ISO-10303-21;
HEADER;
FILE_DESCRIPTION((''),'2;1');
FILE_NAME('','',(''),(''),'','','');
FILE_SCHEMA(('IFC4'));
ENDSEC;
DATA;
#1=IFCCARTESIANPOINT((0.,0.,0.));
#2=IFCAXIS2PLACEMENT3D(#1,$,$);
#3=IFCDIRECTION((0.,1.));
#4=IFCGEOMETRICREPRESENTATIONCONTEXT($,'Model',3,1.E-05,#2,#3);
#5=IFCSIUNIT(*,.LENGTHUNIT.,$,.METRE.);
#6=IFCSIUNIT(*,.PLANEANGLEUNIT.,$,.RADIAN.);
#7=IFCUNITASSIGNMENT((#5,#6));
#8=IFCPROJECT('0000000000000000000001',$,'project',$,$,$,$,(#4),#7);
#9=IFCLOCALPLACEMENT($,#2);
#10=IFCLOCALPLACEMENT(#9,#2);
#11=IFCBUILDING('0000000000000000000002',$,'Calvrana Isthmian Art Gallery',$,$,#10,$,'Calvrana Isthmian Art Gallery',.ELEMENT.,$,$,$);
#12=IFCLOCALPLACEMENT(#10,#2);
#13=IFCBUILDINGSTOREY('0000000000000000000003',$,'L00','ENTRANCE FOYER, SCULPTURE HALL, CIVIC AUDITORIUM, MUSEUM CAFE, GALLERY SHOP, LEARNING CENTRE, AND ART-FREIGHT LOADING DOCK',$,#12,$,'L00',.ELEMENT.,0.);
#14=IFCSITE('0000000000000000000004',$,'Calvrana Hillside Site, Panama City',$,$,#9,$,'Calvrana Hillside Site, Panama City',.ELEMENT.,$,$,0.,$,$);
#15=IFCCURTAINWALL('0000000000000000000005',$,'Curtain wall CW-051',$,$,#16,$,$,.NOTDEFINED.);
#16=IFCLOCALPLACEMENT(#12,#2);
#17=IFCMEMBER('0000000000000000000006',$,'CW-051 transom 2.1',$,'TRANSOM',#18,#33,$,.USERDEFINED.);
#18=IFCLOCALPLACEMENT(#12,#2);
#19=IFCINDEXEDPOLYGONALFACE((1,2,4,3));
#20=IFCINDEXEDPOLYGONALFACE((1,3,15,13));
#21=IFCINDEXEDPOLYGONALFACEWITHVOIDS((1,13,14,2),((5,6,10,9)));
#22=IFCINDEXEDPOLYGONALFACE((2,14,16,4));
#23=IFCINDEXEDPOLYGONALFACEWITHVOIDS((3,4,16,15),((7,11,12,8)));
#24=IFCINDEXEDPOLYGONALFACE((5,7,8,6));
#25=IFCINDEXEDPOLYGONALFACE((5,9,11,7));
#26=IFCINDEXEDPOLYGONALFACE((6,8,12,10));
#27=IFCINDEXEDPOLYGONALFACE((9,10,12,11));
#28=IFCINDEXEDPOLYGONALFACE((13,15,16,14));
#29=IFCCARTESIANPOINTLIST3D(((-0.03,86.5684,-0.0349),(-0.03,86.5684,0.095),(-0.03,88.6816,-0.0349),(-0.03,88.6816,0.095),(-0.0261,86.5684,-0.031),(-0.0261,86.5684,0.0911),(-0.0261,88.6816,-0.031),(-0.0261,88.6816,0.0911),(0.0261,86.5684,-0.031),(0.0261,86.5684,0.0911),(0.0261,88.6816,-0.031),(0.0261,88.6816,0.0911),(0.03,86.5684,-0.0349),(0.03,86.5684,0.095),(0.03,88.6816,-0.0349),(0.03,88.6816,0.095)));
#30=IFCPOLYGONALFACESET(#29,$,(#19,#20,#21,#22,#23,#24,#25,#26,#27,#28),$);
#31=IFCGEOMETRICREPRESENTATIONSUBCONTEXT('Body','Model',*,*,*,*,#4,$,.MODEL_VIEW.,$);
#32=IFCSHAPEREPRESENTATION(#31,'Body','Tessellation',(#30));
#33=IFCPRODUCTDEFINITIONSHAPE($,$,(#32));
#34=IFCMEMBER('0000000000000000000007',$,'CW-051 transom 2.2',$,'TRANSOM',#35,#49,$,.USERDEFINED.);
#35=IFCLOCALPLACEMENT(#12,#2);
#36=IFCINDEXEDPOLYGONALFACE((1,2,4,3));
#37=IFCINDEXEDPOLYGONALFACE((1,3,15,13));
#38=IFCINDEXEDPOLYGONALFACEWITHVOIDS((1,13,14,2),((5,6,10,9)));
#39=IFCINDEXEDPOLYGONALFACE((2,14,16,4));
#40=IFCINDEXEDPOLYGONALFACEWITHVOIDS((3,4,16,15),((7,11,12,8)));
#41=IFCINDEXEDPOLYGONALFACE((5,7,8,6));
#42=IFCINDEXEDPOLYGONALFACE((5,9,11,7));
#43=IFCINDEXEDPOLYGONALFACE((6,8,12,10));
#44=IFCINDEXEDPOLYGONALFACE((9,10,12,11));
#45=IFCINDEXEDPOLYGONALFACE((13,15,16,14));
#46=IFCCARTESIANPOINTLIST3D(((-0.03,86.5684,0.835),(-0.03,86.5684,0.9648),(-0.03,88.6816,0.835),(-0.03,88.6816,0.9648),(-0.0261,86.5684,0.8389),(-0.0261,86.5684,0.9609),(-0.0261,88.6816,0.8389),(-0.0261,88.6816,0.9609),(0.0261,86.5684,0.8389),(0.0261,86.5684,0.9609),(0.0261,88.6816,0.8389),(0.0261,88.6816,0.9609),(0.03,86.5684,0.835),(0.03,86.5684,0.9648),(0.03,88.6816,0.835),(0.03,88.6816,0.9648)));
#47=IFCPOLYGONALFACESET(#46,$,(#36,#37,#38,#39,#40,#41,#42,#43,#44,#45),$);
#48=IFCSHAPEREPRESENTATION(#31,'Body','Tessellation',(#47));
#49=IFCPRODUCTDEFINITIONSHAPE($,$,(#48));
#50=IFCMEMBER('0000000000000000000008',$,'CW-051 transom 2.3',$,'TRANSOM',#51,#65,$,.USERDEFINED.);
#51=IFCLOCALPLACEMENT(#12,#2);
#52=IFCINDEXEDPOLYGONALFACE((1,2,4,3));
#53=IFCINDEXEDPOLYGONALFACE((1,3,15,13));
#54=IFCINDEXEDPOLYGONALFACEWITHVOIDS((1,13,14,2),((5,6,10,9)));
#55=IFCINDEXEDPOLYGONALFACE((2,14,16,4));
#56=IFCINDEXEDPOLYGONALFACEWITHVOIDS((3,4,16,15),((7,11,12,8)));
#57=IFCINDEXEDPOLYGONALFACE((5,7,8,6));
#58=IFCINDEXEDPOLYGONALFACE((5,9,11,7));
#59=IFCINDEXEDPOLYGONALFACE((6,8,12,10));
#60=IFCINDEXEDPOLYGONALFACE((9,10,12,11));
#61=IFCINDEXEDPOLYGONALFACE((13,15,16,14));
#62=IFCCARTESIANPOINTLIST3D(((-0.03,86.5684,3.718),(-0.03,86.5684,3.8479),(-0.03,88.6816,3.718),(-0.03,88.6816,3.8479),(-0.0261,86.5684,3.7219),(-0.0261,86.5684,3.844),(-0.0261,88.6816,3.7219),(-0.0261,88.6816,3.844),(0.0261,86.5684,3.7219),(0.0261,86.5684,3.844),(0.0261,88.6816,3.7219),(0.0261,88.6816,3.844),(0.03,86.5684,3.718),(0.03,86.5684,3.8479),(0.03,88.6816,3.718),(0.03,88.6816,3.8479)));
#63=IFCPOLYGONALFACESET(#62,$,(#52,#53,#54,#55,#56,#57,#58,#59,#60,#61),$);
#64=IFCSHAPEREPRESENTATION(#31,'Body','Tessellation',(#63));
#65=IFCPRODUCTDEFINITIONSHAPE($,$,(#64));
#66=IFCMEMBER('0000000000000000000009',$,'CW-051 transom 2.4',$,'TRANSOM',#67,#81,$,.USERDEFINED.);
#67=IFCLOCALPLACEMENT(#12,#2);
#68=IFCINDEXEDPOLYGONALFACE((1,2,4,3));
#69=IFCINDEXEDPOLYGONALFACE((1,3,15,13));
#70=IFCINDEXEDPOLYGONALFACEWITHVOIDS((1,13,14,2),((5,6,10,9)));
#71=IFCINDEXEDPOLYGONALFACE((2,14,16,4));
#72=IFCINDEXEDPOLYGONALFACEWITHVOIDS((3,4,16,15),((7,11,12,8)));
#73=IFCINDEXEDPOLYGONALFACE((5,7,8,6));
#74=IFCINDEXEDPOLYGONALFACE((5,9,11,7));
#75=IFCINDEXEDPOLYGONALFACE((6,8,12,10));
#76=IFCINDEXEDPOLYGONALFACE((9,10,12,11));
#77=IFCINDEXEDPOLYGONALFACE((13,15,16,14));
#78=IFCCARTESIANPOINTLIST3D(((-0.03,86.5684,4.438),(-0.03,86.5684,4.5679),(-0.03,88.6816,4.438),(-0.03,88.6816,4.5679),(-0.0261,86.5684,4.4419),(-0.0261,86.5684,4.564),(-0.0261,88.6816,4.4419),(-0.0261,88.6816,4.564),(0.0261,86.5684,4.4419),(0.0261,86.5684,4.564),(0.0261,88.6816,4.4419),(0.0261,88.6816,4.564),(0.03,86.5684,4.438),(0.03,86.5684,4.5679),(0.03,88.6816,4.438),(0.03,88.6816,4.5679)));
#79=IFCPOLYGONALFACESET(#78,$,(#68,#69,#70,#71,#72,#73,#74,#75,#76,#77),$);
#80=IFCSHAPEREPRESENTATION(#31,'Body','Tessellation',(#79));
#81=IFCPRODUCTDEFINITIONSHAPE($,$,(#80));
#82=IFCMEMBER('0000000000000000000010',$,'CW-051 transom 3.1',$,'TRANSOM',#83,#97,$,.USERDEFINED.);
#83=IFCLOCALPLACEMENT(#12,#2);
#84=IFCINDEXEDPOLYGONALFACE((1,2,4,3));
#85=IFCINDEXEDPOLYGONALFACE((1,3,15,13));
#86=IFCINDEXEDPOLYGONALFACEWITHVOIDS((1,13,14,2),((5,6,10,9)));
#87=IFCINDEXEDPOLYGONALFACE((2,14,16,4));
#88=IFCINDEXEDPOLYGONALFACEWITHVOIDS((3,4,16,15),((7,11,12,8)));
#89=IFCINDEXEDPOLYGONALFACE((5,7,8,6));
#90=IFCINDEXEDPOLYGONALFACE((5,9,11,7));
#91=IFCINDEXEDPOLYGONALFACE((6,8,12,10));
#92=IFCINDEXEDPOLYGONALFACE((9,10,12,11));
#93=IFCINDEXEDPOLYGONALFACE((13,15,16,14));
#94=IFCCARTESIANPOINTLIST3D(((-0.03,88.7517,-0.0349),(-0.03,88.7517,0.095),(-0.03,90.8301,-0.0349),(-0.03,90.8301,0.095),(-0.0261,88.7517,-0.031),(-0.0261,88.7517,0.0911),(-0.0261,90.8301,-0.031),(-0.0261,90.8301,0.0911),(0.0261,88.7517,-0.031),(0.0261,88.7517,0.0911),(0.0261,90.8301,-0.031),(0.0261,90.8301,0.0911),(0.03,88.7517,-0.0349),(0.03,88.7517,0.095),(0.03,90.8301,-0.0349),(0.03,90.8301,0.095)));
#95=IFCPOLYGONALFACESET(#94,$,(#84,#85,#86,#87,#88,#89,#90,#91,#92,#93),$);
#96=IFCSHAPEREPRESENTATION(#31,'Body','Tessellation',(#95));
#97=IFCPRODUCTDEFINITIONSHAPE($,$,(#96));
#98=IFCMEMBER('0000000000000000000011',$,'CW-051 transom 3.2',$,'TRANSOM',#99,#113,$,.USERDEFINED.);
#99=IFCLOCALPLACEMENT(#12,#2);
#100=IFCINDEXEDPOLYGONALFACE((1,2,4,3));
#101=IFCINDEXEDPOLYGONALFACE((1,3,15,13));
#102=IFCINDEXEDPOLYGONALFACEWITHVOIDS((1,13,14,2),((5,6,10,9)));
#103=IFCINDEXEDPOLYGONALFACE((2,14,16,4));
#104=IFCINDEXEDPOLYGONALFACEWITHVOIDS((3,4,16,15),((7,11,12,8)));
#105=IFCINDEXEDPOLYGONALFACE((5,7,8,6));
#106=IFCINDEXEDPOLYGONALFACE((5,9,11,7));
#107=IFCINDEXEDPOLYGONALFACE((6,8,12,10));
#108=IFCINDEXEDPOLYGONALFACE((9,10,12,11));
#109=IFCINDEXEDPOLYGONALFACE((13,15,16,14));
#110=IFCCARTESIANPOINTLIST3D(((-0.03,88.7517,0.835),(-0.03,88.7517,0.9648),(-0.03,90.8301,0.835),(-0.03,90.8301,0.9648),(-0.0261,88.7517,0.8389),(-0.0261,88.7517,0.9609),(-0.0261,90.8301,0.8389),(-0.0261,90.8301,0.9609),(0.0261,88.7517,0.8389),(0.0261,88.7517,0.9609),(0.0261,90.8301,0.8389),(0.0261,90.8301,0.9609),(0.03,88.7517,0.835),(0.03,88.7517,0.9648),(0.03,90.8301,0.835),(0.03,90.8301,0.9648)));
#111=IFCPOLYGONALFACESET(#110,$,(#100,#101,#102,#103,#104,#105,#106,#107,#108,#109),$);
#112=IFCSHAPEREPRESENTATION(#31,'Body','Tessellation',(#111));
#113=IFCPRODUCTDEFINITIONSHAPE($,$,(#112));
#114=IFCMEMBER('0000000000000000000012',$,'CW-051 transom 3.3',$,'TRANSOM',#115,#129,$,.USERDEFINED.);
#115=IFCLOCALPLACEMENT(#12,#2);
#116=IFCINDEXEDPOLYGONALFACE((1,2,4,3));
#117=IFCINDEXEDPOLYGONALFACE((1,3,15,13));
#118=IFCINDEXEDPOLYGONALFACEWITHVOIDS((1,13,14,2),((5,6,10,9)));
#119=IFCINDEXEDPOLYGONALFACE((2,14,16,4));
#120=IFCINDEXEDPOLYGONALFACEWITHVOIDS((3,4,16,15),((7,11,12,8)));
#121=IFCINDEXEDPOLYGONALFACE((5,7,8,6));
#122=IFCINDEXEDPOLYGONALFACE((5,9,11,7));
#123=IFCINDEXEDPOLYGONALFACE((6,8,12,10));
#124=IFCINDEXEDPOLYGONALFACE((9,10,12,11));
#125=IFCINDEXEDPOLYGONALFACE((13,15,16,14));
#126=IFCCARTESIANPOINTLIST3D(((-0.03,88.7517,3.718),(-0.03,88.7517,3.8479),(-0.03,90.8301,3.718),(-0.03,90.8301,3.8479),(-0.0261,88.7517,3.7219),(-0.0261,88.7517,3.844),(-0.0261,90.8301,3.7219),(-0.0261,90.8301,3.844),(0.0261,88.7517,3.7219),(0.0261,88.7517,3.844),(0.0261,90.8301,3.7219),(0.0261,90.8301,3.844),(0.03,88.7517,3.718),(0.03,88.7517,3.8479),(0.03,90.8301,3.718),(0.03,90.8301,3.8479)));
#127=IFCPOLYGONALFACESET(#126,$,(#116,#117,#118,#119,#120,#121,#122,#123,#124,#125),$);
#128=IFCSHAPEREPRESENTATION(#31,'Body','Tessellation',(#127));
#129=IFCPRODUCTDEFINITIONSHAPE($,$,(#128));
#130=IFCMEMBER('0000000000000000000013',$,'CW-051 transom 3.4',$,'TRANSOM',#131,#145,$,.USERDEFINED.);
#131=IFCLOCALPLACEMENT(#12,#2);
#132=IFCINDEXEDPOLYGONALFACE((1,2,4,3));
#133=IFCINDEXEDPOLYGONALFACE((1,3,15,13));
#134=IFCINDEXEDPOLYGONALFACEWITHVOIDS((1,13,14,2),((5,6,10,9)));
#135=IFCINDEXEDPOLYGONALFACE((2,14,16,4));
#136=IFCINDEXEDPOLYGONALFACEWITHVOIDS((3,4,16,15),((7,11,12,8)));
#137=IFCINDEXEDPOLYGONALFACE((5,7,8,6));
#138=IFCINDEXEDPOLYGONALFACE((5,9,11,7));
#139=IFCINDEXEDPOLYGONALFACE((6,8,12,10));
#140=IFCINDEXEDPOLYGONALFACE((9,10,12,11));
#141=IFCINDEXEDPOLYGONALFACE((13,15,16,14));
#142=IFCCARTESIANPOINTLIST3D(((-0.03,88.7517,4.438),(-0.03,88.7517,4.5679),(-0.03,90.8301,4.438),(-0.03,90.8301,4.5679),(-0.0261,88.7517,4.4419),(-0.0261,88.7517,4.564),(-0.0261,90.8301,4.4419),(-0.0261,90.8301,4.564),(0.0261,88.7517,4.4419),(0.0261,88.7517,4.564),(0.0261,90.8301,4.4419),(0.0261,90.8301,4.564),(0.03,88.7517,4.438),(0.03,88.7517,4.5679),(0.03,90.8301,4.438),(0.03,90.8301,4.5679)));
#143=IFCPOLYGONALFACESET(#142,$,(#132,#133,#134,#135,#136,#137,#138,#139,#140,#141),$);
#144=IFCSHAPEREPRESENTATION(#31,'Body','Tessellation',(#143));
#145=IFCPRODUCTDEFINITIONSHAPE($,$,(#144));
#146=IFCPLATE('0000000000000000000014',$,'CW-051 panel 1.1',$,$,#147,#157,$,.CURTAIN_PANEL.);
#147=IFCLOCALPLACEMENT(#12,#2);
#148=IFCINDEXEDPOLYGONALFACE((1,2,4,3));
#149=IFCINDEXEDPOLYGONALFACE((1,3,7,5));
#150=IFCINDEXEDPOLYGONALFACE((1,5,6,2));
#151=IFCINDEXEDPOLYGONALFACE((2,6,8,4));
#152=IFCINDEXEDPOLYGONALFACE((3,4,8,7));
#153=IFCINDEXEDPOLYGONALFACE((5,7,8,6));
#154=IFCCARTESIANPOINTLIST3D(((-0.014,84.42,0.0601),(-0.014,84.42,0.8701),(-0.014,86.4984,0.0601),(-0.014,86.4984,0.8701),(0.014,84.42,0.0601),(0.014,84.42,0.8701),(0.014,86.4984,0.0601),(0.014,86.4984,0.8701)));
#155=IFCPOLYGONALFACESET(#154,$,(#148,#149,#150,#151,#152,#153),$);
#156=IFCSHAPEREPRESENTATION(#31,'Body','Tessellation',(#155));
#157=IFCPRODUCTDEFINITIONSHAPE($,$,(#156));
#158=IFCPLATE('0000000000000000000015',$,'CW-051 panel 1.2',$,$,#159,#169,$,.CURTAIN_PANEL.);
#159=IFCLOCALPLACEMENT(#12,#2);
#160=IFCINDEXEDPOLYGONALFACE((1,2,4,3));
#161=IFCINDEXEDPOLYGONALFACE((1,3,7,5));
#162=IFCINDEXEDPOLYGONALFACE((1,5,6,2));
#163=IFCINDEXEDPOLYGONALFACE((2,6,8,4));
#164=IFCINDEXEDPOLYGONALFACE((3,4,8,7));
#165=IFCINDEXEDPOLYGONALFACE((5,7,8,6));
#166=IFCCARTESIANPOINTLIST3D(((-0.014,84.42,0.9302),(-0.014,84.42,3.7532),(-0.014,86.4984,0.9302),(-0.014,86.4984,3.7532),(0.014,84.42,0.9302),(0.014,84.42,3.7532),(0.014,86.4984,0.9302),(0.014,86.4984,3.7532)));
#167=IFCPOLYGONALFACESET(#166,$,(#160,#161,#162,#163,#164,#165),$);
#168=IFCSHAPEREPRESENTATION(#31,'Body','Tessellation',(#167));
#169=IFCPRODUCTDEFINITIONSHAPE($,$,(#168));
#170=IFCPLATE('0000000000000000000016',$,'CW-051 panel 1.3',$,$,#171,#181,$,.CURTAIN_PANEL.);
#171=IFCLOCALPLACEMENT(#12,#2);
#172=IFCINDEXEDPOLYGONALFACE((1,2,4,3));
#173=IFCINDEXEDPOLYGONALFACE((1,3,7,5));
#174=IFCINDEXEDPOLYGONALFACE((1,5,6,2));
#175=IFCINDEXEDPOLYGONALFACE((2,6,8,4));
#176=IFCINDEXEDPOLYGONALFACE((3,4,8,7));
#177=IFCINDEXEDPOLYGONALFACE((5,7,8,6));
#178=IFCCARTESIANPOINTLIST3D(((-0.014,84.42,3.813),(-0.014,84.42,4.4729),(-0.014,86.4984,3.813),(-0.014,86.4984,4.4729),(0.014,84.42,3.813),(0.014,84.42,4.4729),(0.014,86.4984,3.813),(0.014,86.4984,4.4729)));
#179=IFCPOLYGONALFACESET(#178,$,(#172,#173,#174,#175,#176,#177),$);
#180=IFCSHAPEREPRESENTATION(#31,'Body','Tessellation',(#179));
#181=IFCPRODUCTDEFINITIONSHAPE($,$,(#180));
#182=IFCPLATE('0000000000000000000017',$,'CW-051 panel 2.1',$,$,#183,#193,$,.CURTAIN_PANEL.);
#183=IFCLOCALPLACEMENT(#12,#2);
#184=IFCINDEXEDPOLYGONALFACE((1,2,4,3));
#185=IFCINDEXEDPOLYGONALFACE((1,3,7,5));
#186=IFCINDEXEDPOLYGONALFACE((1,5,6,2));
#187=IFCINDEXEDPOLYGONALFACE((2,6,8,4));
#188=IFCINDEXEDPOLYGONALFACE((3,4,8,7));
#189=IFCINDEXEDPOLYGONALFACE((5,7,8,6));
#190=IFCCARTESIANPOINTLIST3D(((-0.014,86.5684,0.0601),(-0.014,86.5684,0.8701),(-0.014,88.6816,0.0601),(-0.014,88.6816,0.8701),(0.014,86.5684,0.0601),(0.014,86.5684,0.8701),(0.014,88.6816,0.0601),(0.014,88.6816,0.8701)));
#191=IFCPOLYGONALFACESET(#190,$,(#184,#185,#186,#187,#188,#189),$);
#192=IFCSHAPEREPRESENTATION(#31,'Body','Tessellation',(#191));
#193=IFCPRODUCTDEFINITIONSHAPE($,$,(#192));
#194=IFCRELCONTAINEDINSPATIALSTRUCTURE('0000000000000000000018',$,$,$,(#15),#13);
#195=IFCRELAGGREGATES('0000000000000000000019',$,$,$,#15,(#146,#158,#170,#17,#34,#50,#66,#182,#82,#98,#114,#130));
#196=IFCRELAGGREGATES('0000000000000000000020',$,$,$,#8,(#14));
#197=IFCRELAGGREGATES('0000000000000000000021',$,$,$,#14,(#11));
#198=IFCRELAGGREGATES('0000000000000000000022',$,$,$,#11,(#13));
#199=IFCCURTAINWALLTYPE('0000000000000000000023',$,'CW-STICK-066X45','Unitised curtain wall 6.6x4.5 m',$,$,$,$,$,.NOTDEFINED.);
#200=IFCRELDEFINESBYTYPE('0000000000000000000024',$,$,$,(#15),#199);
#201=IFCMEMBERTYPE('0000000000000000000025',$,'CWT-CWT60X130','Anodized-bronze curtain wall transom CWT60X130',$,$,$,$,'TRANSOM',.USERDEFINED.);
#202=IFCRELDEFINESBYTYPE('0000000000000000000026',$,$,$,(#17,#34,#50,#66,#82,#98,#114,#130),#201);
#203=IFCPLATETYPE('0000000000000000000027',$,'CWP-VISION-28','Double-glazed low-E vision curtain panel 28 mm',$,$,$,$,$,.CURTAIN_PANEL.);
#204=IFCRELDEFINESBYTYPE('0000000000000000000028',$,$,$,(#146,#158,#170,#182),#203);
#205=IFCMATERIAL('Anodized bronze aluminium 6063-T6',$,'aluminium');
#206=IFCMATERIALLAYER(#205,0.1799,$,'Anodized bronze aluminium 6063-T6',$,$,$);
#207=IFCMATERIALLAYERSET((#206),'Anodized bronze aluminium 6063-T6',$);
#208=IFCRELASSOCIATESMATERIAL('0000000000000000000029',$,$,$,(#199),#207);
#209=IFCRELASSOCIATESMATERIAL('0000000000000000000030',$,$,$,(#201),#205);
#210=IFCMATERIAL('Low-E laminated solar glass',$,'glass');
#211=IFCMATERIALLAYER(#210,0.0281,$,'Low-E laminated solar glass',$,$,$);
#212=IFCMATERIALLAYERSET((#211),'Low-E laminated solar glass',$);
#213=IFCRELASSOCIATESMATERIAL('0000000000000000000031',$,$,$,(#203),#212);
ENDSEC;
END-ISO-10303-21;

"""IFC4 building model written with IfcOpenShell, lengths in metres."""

from ifc_helpers import new_model, si_unit, direction, frame, origin, origin_2d, place, context, subcontext, project, spatial, rectangle, hollow_rectangle, extrude, material, layer, layer_set, material_profile, profile_set, type_object, element, aggregate, save


model = new_model("IFC4")

# Units and contexts
model_context = context("Model", 3, precision=1e-05, world=origin(), true_north=direction((0.0, 1.0)))
body_context = subcontext(model_context, "Body", "Model", "MODEL_VIEW")
ifc_project = project(units=[si_unit("LENGTHUNIT", "METRE"), si_unit("PLANEANGLEUNIT", "RADIAN")], contexts=[model_context])

# Site, building, storey
site_placement = place(None, origin())
site = spatial("IfcSite", under=ifc_project, at=site_placement, Name="Calvrana Hillside Site, Panama City", LongName="Calvrana Hillside Site, Panama City", CompositionType="ELEMENT", RefElevation=0.0)
building_placement = place(site_placement, origin())
building = spatial("IfcBuilding", under=site, at=building_placement, Name="Calvrana Isthmian Art Gallery", LongName="Calvrana Isthmian Art Gallery", CompositionType="ELEMENT")
storey_placement = place(building_placement, origin())
storey = spatial("IfcBuildingStorey", under=building, at=storey_placement, Name="L00", Description="ENTRANCE FOYER, SCULPTURE HALL, CIVIC AUDITORIUM, MUSEUM CAFE, GALLERY SHOP, LEARNING CENTRE, AND ART-FREIGHT LOADING DOCK", LongName="L00", CompositionType="ELEMENT", Elevation=0.0)

# Curtain wall, members, plates
ifc_material_1 = material(Name="Anodized bronze aluminium 6063-T6", Category="aluminium")
ifc_layer_1 = layer(ifc_material_1, 0.1799, Name="Anodized bronze aluminium 6063-T6")
ifc_layer_set_1 = layer_set([ifc_layer_1], Name="Anodized bronze aluminium 6063-T6")
curtain_wall_type = type_object("IfcCurtainWallType", Name="CW-STICK-066X45", Description="Unitised curtain wall 6.6x4.5 m", PredefinedType="NOTDEFINED", material=ifc_layer_set_1)
curtain_wall_placement = place(storey_placement, origin())
curtain_wall = element("IfcCurtainWall", 1, at=curtain_wall_placement, inside=storey, type_object=curtain_wall_type, Name="Curtain wall CW-051", PredefinedType="NOTDEFINED")
ifc_material_profile_1 = material_profile(ifc_material_1, hollow_rectangle(XDim=0.0601, YDim=0.1299, WallThickness=0.0039, at=origin_2d()), Name="CWT60X130")
ifc_profile_set_1 = profile_set([ifc_material_profile_1], Name="Anodized bronze aluminium 6063-T6")
member_type_1 = type_object("IfcMemberType", Name="CWT-CWT60X130", Description="Anodized-bronze curtain wall transom CWT60X130", ElementType="TRANSOM", PredefinedType="USERDEFINED", material=ifc_profile_set_1)
member_1_placement = place(storey_placement, frame((0.0, 86.5684, 0.03), z_axis=(0.0, 1.0, 0.0), x_axis=(-1.0, 0.0, 0.0)))
member_1 = element("IfcMember", 2, at=member_1_placement, type_object=member_type_1, Name="CW-051 transom 2.1", ObjectType="TRANSOM", PredefinedType="USERDEFINED", context=body_context, shape_type="SweptSolid", body=[
    extrude(hollow_rectangle(XDim=0.0601, YDim=0.1299, WallThickness=0.0039, at=origin_2d()), origin(), (0.0, 0.0, 1.0), 2.1133),
])
member_2_placement = place(storey_placement, frame((0.0, 86.5684, 0.8999), z_axis=(0.0, 1.0, 0.0), x_axis=(-1.0, 0.0, 0.0)))
member_2 = element("IfcMember", 3, at=member_2_placement, type_object=member_type_1, Name="CW-051 transom 2.2", ObjectType="TRANSOM", PredefinedType="USERDEFINED", context=body_context, shape_type="SweptSolid", body=[
    extrude(hollow_rectangle(XDim=0.0601, YDim=0.1299, WallThickness=0.0039, at=origin_2d()), origin(), (0.0, 0.0, 1.0), 2.1133),
])
member_3_placement = place(storey_placement, frame((0.0, 86.5684, 3.783), z_axis=(0.0, 1.0, 0.0), x_axis=(-1.0, 0.0, 0.0)))
member_3 = element("IfcMember", 4, at=member_3_placement, type_object=member_type_1, Name="CW-051 transom 2.3", ObjectType="TRANSOM", PredefinedType="USERDEFINED", context=body_context, shape_type="SweptSolid", body=[
    extrude(hollow_rectangle(XDim=0.0601, YDim=0.1299, WallThickness=0.0039, at=origin_2d()), origin(), (0.0, 0.0, 1.0), 2.1133),
])
member_4_placement = place(storey_placement, frame((0.0, 86.5684, 4.5029), z_axis=(0.0, 1.0, 0.0), x_axis=(-1.0, 0.0, 0.0)))
member_4 = element("IfcMember", 5, at=member_4_placement, type_object=member_type_1, Name="CW-051 transom 2.4", ObjectType="TRANSOM", PredefinedType="USERDEFINED", context=body_context, shape_type="SweptSolid", body=[
    extrude(hollow_rectangle(XDim=0.0601, YDim=0.1299, WallThickness=0.0039, at=origin_2d()), origin(), (0.0, 0.0, 1.0), 2.1133),
])
member_5_placement = place(storey_placement, frame((0.0, 88.7517, 0.03), z_axis=(0.0, 1.0, 0.0), x_axis=(-1.0, 0.0, 0.0)))
member_5 = element("IfcMember", 6, at=member_5_placement, type_object=member_type_1, Name="CW-051 transom 3.1", ObjectType="TRANSOM", PredefinedType="USERDEFINED", context=body_context, shape_type="SweptSolid", body=[
    extrude(hollow_rectangle(XDim=0.0601, YDim=0.1299, WallThickness=0.0039, at=origin_2d()), origin(), (0.0, 0.0, 1.0), 2.0784),
])
member_6_placement = place(storey_placement, frame((0.0, 88.7517, 0.8999), z_axis=(0.0, 1.0, 0.0), x_axis=(-1.0, 0.0, 0.0)))
member_6 = element("IfcMember", 7, at=member_6_placement, type_object=member_type_1, Name="CW-051 transom 3.2", ObjectType="TRANSOM", PredefinedType="USERDEFINED", context=body_context, shape_type="SweptSolid", body=[
    extrude(hollow_rectangle(XDim=0.0601, YDim=0.1299, WallThickness=0.0039, at=origin_2d()), origin(), (0.0, 0.0, 1.0), 2.0784),
])
member_7_placement = place(storey_placement, frame((0.0, 88.7517, 3.783), z_axis=(0.0, 1.0, 0.0), x_axis=(-1.0, 0.0, 0.0)))
member_7 = element("IfcMember", 8, at=member_7_placement, type_object=member_type_1, Name="CW-051 transom 3.3", ObjectType="TRANSOM", PredefinedType="USERDEFINED", context=body_context, shape_type="SweptSolid", body=[
    extrude(hollow_rectangle(XDim=0.0601, YDim=0.1299, WallThickness=0.0039, at=origin_2d()), origin(), (0.0, 0.0, 1.0), 2.0784),
])
member_8_placement = place(storey_placement, frame((0.0, 88.7517, 4.5029), z_axis=(0.0, 1.0, 0.0), x_axis=(-1.0, 0.0, 0.0)))
member_8 = element("IfcMember", 9, at=member_8_placement, type_object=member_type_1, Name="CW-051 transom 3.4", ObjectType="TRANSOM", PredefinedType="USERDEFINED", context=body_context, shape_type="SweptSolid", body=[
    extrude(hollow_rectangle(XDim=0.0601, YDim=0.1299, WallThickness=0.0039, at=origin_2d()), origin(), (0.0, 0.0, 1.0), 2.0784),
])
ifc_material_2 = material(Name="Low-E laminated solar glass", Category="glass")
ifc_layer_2 = layer(ifc_material_2, 0.0281, Name="Low-E laminated solar glass")
ifc_layer_set_2 = layer_set([ifc_layer_2], Name="Low-E laminated solar glass")
plate_type = type_object("IfcPlateType", Name="CWP-VISION-28", Description="Double-glazed low-E vision curtain panel 28 mm", PredefinedType="CURTAIN_PANEL", material=ifc_layer_set_2)
plate_1_placement = place(storey_placement, frame((0.0, 85.4592, 0.0601), z_axis=(0.0, 0.0, 1.0), x_axis=(0.0, 1.0, 0.0)))
plate_1 = element("IfcPlate", 10, at=plate_1_placement, type_object=plate_type, Name="CW-051 panel 1.1", PredefinedType="CURTAIN_PANEL", context=body_context, shape_type="SweptSolid", body=[
    extrude(rectangle(XDim=2.0784, YDim=0.0281, at=origin_2d()), origin(), (0.0, 0.0, 1.0), 0.8101),
])
plate_2_placement = place(storey_placement, frame((0.0, 85.4592, 0.9302), z_axis=(0.0, 0.0, 1.0), x_axis=(0.0, 1.0, 0.0)))
plate_2 = element("IfcPlate", 11, at=plate_2_placement, type_object=plate_type, Name="CW-051 panel 1.2", PredefinedType="CURTAIN_PANEL", context=body_context, shape_type="SweptSolid", body=[
    extrude(rectangle(XDim=2.0784, YDim=0.0281, at=origin_2d()), origin(), (0.0, 0.0, 1.0), 2.823),
])
plate_3_placement = place(storey_placement, frame((0.0, 85.4592, 3.813), z_axis=(0.0, 0.0, 1.0), x_axis=(0.0, 1.0, 0.0)))
plate_3 = element("IfcPlate", 12, at=plate_3_placement, type_object=plate_type, Name="CW-051 panel 1.3", PredefinedType="CURTAIN_PANEL", context=body_context, shape_type="SweptSolid", body=[
    extrude(rectangle(XDim=2.0784, YDim=0.0281, at=origin_2d()), origin(), (0.0, 0.0, 1.0), 0.6599),
])
plate_4_placement = place(storey_placement, frame((0.0, 87.625, 0.0601), z_axis=(0.0, 0.0, 1.0), x_axis=(0.0, 1.0, 0.0)))
plate_4 = element("IfcPlate", 13, at=plate_4_placement, type_object=plate_type, Name="CW-051 panel 2.1", PredefinedType="CURTAIN_PANEL", context=body_context, shape_type="SweptSolid", body=[
    extrude(rectangle(XDim=2.1133, YDim=0.0281, at=origin_2d()), origin(), (0.0, 0.0, 1.0), 0.8101),
])
aggregate(curtain_wall, [plate_1, plate_2, plate_3, member_1, member_2, member_3, member_4, plate_4, member_5, member_6, member_7, member_8])

save(model, "model.ifc")
